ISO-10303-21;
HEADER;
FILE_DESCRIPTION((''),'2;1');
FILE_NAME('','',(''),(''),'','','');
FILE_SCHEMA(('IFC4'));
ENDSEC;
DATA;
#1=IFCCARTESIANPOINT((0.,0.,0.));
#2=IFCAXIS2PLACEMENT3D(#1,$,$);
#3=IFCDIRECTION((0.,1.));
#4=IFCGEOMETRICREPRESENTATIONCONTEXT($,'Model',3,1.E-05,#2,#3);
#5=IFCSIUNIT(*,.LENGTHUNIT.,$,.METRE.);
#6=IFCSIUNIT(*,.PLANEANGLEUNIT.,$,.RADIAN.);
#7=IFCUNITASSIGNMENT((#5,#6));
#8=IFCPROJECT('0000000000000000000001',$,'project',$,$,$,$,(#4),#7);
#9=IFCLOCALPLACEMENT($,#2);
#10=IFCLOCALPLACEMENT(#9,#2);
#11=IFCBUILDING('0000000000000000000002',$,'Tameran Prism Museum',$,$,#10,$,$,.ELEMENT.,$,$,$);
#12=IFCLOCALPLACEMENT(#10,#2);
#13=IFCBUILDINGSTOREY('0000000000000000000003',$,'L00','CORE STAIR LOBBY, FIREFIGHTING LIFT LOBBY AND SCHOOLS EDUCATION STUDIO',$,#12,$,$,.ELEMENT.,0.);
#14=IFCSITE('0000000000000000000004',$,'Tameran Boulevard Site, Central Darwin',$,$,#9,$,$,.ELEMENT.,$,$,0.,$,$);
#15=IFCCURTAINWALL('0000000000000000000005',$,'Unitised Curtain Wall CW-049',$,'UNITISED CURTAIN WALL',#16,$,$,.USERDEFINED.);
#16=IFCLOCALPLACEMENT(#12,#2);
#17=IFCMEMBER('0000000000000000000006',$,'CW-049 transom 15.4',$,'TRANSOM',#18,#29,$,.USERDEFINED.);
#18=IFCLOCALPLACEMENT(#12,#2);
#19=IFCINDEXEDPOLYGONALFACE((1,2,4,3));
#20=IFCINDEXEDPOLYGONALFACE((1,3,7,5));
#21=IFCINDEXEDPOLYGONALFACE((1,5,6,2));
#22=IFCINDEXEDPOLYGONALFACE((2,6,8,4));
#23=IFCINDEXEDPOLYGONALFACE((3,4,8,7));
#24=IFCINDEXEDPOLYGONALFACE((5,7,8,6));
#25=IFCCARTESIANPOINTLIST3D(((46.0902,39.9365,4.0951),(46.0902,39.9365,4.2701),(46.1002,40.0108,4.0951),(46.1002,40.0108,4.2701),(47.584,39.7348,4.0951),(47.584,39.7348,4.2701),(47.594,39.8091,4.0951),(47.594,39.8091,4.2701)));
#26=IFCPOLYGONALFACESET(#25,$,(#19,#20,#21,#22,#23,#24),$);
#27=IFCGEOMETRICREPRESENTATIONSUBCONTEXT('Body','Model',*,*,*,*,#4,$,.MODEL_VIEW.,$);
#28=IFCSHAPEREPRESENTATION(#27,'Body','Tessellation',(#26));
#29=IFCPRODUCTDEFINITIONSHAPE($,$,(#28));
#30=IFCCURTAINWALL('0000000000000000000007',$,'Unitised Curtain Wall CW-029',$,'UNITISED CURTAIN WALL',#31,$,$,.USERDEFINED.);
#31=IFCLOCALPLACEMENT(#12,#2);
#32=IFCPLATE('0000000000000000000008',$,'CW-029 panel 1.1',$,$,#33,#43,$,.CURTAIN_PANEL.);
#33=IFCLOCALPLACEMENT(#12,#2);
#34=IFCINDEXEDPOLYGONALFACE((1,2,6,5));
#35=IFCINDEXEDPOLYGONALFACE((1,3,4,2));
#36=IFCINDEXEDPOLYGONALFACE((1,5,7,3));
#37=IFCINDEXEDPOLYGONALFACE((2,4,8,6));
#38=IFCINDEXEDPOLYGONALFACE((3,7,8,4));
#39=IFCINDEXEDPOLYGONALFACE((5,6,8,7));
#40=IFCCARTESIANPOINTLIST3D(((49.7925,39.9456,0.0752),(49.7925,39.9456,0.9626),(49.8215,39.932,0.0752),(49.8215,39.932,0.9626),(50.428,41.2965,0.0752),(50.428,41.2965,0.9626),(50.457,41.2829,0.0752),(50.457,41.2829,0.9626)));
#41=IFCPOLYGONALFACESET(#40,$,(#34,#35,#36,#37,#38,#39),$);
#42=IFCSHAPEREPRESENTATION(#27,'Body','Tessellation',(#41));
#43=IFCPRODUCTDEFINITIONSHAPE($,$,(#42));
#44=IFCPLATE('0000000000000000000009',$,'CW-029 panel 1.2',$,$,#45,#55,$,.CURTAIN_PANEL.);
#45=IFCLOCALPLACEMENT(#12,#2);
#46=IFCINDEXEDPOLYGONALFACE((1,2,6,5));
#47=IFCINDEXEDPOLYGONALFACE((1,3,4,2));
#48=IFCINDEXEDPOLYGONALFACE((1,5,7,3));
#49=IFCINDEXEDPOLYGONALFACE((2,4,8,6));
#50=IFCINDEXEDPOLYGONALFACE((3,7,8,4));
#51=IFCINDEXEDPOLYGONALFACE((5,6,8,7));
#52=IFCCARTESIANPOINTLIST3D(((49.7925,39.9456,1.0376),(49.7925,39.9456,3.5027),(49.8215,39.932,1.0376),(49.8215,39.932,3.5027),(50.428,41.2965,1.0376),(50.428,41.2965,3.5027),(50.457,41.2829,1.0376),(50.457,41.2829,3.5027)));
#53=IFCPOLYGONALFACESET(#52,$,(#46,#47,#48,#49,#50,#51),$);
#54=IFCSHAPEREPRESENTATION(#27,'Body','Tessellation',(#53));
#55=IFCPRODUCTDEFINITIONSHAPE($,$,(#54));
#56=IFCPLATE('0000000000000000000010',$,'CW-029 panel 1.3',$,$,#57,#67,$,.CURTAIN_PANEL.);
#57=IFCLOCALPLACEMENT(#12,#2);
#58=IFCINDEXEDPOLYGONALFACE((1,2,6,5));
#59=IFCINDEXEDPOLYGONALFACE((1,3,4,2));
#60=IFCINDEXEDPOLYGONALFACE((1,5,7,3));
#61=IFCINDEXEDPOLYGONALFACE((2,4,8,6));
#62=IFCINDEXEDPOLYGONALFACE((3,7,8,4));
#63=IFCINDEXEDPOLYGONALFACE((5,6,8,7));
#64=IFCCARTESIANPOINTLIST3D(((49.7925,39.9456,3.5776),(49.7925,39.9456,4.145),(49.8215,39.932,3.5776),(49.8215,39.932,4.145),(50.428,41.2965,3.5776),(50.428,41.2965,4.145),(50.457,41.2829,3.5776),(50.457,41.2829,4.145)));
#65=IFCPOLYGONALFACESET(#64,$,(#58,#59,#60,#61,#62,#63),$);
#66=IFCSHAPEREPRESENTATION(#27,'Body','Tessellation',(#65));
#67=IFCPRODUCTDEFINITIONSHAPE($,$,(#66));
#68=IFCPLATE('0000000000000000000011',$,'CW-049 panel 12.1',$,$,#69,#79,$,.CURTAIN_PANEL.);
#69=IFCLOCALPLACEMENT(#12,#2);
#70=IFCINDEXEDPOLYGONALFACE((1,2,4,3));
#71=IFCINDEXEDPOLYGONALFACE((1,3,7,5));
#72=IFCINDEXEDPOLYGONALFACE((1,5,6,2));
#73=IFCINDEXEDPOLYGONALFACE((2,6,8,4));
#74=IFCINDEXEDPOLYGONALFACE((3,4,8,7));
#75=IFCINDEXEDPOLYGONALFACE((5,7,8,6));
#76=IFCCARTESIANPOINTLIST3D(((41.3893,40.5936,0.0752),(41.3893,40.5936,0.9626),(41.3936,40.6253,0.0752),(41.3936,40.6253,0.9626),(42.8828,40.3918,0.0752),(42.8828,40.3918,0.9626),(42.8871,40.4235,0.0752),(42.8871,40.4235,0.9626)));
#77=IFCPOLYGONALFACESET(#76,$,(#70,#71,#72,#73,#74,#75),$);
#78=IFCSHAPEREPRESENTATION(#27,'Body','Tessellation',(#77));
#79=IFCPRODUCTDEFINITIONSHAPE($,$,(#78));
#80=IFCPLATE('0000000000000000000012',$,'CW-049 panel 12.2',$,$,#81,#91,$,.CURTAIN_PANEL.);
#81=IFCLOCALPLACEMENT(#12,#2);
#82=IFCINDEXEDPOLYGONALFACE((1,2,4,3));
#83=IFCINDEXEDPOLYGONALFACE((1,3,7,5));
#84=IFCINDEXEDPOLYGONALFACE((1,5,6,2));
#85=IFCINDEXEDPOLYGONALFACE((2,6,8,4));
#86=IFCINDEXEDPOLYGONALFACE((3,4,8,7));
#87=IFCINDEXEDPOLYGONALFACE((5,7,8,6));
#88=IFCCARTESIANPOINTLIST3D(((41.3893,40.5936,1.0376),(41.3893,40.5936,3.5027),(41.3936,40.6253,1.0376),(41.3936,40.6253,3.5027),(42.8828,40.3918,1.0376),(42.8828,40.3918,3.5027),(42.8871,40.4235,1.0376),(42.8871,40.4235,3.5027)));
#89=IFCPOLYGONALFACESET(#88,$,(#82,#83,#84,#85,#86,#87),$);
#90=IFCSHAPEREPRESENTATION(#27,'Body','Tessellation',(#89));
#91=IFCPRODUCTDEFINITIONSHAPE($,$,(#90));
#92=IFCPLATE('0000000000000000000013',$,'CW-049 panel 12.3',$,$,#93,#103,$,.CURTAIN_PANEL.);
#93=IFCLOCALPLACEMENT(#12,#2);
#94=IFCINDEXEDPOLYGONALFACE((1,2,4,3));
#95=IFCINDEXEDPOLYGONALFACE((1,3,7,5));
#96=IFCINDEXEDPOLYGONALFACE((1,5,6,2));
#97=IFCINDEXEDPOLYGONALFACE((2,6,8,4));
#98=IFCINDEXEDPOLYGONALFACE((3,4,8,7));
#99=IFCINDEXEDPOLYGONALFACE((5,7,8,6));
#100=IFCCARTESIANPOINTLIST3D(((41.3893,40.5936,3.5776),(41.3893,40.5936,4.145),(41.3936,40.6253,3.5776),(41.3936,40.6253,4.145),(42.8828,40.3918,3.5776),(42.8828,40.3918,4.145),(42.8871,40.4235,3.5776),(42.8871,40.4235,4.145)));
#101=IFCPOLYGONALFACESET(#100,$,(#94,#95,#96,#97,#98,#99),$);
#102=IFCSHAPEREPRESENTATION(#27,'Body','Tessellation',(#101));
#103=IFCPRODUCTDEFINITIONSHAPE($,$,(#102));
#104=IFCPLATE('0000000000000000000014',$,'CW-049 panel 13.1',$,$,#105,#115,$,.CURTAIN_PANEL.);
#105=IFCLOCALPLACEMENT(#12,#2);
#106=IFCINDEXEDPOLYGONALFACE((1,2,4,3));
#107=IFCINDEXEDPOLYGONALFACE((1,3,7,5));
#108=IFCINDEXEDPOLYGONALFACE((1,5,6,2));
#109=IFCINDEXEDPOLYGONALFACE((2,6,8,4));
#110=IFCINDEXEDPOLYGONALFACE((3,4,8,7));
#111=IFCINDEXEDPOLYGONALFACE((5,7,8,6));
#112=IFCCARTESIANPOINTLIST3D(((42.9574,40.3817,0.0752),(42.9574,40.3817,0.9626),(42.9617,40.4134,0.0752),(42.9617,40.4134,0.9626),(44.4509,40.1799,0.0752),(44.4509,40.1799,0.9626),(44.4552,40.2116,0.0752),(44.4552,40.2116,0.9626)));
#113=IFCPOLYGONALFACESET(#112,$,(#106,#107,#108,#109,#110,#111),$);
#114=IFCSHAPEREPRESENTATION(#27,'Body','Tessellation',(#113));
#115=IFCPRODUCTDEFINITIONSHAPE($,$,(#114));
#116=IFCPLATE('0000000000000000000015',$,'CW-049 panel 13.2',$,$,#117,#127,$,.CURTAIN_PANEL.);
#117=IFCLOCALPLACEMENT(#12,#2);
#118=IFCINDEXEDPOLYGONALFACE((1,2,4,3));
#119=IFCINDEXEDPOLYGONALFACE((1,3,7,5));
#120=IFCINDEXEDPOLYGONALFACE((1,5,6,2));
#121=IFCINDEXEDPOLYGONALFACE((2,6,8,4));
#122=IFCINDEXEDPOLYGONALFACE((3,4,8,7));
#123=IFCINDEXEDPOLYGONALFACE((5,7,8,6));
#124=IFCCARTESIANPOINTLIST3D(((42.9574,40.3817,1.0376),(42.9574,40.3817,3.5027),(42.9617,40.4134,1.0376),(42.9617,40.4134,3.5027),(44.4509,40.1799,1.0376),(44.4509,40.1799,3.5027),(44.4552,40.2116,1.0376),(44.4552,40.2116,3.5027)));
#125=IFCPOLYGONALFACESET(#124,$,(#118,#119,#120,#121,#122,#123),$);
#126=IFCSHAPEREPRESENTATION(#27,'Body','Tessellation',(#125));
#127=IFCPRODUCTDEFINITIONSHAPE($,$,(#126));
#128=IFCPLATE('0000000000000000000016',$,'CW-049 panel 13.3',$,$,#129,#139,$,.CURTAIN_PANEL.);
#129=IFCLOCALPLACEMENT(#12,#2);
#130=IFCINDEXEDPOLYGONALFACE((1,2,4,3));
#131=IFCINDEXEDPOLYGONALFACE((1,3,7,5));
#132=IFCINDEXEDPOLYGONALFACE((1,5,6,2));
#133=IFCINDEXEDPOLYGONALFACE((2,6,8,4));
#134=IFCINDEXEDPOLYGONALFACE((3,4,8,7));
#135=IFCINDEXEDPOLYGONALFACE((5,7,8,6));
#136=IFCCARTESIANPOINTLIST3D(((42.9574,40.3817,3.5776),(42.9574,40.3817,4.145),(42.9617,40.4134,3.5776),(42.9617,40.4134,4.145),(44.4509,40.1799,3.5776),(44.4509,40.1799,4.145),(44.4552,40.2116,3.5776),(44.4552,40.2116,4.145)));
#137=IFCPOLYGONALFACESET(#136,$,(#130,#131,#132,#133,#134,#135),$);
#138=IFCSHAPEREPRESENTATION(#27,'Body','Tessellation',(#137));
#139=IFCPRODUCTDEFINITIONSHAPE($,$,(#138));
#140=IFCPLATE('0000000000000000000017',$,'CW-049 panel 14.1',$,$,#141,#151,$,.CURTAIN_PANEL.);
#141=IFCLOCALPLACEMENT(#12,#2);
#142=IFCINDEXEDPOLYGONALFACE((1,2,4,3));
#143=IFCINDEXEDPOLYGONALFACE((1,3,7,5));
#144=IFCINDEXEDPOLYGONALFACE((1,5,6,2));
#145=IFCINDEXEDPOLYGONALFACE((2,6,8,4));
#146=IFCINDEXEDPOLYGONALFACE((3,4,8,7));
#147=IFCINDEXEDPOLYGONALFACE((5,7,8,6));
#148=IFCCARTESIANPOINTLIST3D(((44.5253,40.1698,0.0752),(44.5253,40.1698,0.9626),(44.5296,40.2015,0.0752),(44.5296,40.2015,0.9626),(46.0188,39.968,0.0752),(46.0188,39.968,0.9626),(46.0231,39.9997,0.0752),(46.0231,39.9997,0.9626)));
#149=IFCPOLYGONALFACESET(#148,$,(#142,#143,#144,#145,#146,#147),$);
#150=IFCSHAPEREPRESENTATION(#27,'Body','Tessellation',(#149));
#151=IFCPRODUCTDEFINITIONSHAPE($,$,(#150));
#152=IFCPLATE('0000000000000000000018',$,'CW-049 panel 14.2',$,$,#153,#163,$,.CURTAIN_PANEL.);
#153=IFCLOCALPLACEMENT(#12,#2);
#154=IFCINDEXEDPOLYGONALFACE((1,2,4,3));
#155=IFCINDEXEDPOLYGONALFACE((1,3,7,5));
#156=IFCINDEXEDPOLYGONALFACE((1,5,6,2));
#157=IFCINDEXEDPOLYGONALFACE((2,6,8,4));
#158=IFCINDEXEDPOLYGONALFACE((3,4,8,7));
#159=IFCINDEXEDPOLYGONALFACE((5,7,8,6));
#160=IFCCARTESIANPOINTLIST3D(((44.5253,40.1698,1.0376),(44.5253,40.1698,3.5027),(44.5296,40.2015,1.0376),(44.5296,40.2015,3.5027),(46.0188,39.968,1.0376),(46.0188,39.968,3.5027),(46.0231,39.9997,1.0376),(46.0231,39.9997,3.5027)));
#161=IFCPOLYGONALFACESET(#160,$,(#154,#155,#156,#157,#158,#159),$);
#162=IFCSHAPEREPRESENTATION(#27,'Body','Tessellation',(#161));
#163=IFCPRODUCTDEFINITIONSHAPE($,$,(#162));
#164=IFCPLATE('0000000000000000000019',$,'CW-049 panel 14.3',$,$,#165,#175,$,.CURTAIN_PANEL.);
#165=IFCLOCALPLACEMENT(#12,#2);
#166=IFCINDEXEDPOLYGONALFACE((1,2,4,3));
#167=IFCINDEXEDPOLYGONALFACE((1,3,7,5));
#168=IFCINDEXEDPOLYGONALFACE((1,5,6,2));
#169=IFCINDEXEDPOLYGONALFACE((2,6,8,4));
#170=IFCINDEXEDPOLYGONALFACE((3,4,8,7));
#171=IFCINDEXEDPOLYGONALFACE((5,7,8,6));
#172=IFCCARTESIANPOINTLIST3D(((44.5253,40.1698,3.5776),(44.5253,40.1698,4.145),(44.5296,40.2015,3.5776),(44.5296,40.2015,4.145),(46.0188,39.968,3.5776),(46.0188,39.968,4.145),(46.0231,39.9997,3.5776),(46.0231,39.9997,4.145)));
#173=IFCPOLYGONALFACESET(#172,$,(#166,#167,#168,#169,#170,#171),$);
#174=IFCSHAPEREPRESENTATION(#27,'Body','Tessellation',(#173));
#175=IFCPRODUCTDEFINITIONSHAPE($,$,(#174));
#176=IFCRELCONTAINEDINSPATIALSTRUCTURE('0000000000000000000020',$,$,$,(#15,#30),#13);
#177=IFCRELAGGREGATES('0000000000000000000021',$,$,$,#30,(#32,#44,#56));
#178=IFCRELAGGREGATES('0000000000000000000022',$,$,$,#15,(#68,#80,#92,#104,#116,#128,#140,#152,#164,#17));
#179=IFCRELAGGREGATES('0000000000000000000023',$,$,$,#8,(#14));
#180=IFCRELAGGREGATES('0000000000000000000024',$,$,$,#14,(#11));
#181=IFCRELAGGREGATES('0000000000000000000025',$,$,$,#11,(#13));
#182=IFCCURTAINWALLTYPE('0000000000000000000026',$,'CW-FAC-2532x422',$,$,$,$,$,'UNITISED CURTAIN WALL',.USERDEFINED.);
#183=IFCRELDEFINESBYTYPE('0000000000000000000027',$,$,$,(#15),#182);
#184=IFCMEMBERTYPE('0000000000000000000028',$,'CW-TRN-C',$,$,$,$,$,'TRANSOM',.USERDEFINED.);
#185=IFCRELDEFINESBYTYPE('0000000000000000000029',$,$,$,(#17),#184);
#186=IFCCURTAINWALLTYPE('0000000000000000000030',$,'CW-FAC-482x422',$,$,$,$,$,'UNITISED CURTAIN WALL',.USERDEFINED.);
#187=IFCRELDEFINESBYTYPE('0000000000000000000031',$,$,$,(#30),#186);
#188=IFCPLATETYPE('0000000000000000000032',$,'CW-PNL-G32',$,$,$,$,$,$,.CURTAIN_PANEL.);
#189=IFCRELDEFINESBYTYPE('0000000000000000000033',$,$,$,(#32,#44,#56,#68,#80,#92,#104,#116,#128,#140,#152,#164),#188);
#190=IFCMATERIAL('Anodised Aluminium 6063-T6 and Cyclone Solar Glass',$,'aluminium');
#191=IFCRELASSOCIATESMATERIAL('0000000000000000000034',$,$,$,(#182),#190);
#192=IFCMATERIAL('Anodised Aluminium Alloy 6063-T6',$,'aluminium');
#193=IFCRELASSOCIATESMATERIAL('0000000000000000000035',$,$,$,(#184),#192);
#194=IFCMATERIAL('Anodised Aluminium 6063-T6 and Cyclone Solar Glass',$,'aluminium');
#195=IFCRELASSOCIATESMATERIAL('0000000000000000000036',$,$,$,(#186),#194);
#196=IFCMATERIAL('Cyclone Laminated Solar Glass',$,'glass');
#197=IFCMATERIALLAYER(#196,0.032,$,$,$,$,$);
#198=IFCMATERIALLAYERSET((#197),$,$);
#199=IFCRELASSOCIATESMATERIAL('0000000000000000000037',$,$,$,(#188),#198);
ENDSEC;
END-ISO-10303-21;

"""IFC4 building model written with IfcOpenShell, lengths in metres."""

from ifc_helpers import new_model, si_unit, direction, frame, origin, origin_2d, place, context, subcontext, project, spatial, rectangle, extrude, material, layer, layer_set, material_profile, profile_set, type_object, element, aggregate, save


model = new_model("IFC4")

# Units and contexts
model_context = context("Model", 3, precision=1e-05, world=origin(), true_north=direction((0.0, 1.0)))
body_context = subcontext(model_context, "Body", "Model", "MODEL_VIEW")
ifc_project = project(units=[si_unit("LENGTHUNIT", "METRE"), si_unit("PLANEANGLEUNIT", "RADIAN")], contexts=[model_context])

# Site, building, storey
site_placement = place(None, origin())
site = spatial("IfcSite", under=ifc_project, at=site_placement, Name="Tameran Boulevard Site, Central Darwin", CompositionType="ELEMENT", RefElevation=0.0)
building_placement = place(site_placement, origin())
building = spatial("IfcBuilding", under=site, at=building_placement, Name="Tameran Prism Museum", CompositionType="ELEMENT")
storey_placement = place(building_placement, origin())
storey = spatial("IfcBuildingStorey", under=building, at=storey_placement, Name="L00", Description="CORE STAIR LOBBY, FIREFIGHTING LIFT LOBBY AND SCHOOLS EDUCATION STUDIO", CompositionType="ELEMENT", Elevation=0.0)

# Curtain wall, member
ifc_material_1 = material(Name="Anodised Aluminium 6063-T6 and Cyclone Solar Glass", Category="aluminium")
curtain_wall_type_1 = type_object("IfcCurtainWallType", Name="CW-FAC-2532x422", ElementType="UNITISED CURTAIN WALL", PredefinedType="USERDEFINED", material=ifc_material_1)
curtain_wall_1_placement = place(storey_placement, origin())
curtain_wall_1 = element("IfcCurtainWall", 1, at=curtain_wall_1_placement, inside=storey, type_object=curtain_wall_type_1, Name="Unitised Curtain Wall CW-049", ObjectType="UNITISED CURTAIN WALL", PredefinedType="USERDEFINED")
ifc_material_2 = material(Name="Anodised Aluminium Alloy 6063-T6", Category="aluminium")
ifc_material_profile_1 = material_profile(ifc_material_2, rectangle(XDim=0.075, YDim=0.175, at=origin_2d()))
ifc_profile_set_1 = profile_set([ifc_material_profile_1])
member_type_1 = type_object("IfcMemberType", Name="CW-TRN-C", ElementType="TRANSOM", PredefinedType="USERDEFINED", material=ifc_profile_set_1)
member_1_placement = place(storey_placement, frame((46.0952, 39.9736, 4.1826), z_axis=(0.991009, -0.133798, 0.0), x_axis=(0.133798, 0.991009, 0.0)))
member_1 = element("IfcMember", 2, at=member_1_placement, type_object=member_type_1, Name="CW-049 transom 15.4", ObjectType="TRANSOM", PredefinedType="USERDEFINED", context=body_context, shape_type="SweptSolid", body=[
    extrude(rectangle(XDim=0.075, YDim=0.175, at=origin_2d()), origin(), (0.0, 0.0, 1.0), 1.5073),
])

# Curtain wall, plates
ifc_material_3 = material(Name="Anodised Aluminium 6063-T6 and Cyclone Solar Glass", Category="aluminium")
curtain_wall_type_2 = type_object("IfcCurtainWallType", Name="CW-FAC-482x422", ElementType="UNITISED CURTAIN WALL", PredefinedType="USERDEFINED", material=ifc_material_3)
curtain_wall_2_placement = place(storey_placement, origin())
curtain_wall_2 = element("IfcCurtainWall", 3, at=curtain_wall_2_placement, inside=storey, type_object=curtain_wall_type_2, Name="Unitised Curtain Wall CW-029", ObjectType="UNITISED CURTAIN WALL", PredefinedType="USERDEFINED")
ifc_material_4 = material(Name="Cyclone Laminated Solar Glass", Category="glass")
ifc_layer = layer(ifc_material_4, 0.032)
ifc_layer_set = layer_set([ifc_layer])
plate_type = type_object("IfcPlateType", Name="CW-PNL-G32", PredefinedType="CURTAIN_PANEL", material=ifc_layer_set)
plate_1_placement = place(storey_placement, frame((50.1248, 40.6143, 0.0752), z_axis=(0.0, 0.0, 1.0), x_axis=(0.425657, 0.904885, 0.0)))
plate_1 = element("IfcPlate", 4, at=plate_1_placement, type_object=plate_type, Name="CW-029 panel 1.1", PredefinedType="CURTAIN_PANEL", context=body_context, shape_type="SweptSolid", body=[
    extrude(rectangle(XDim=1.4929, YDim=0.032, at=origin_2d()), origin(), (0.0, 0.0, 1.0), 0.8875),
])
plate_2_placement = place(storey_placement, frame((50.1248, 40.6143, 1.0376), z_axis=(0.0, 0.0, 1.0), x_axis=(0.425657, 0.904885, 0.0)))
plate_2 = element("IfcPlate", 5, at=plate_2_placement, type_object=plate_type, Name="CW-029 panel 1.2", PredefinedType="CURTAIN_PANEL", context=body_context, shape_type="SweptSolid", body=[
    extrude(rectangle(XDim=1.4929, YDim=0.032, at=origin_2d()), origin(), (0.0, 0.0, 1.0), 2.4651),
])
plate_3_placement = place(storey_placement, frame((50.1248, 40.6143, 3.5776), z_axis=(0.0, 0.0, 1.0), x_axis=(0.425657, 0.904885, 0.0)))
plate_3 = element("IfcPlate", 6, at=plate_3_placement, type_object=plate_type, Name="CW-029 panel 1.3", PredefinedType="CURTAIN_PANEL", context=body_context, shape_type="SweptSolid", body=[
    extrude(rectangle(XDim=1.4929, YDim=0.032, at=origin_2d()), origin(), (0.0, 0.0, 1.0), 0.5674),
])
aggregate(curtain_wall_2, [plate_1, plate_2, plate_3])

# Plates
plate_4_placement = place(storey_placement, frame((42.1382, 40.5085, 0.0752), z_axis=(0.0, 0.0, 1.0), x_axis=(0.990993, -0.133913, 0.0)))
plate_4 = element("IfcPlate", 7, at=plate_4_placement, type_object=plate_type, Name="CW-049 panel 12.1", PredefinedType="CURTAIN_PANEL", context=body_context, shape_type="SweptSolid", body=[
    extrude(rectangle(XDim=1.5071, YDim=0.032, at=origin_2d()), origin(), (0.0, 0.0, 1.0), 0.8875),
])
plate_5_placement = place(storey_placement, frame((42.1382, 40.5085, 1.0376), z_axis=(0.0, 0.0, 1.0), x_axis=(0.990993, -0.133913, 0.0)))
plate_5 = element("IfcPlate", 8, at=plate_5_placement, type_object=plate_type, Name="CW-049 panel 12.2", PredefinedType="CURTAIN_PANEL", context=body_context, shape_type="SweptSolid", body=[
    extrude(rectangle(XDim=1.5071, YDim=0.032, at=origin_2d()), origin(), (0.0, 0.0, 1.0), 2.4651),
])
plate_6_placement = place(storey_placement, frame((42.1382, 40.5085, 3.5776), z_axis=(0.0, 0.0, 1.0), x_axis=(0.990993, -0.133913, 0.0)))
plate_6 = element("IfcPlate", 9, at=plate_6_placement, type_object=plate_type, Name="CW-049 panel 12.3", PredefinedType="CURTAIN_PANEL", context=body_context, shape_type="SweptSolid", body=[
    extrude(rectangle(XDim=1.5071, YDim=0.032, at=origin_2d()), origin(), (0.0, 0.0, 1.0), 0.5674),
])
plate_7_placement = place(storey_placement, frame((43.7063, 40.2966, 0.0752), z_axis=(0.0, 0.0, 1.0), x_axis=(0.990993, -0.133913, 0.0)))
plate_7 = element("IfcPlate", 10, at=plate_7_placement, type_object=plate_type, Name="CW-049 panel 13.1", PredefinedType="CURTAIN_PANEL", context=body_context, shape_type="SweptSolid", body=[
    extrude(rectangle(XDim=1.5071, YDim=0.032, at=origin_2d()), origin(), (0.0, 0.0, 1.0), 0.8875),
])
plate_8_placement = place(storey_placement, frame((43.7063, 40.2966, 1.0376), z_axis=(0.0, 0.0, 1.0), x_axis=(0.990993, -0.133913, 0.0)))
plate_8 = element("IfcPlate", 11, at=plate_8_placement, type_object=plate_type, Name="CW-049 panel 13.2", PredefinedType="CURTAIN_PANEL", context=body_context, shape_type="SweptSolid", body=[
    extrude(rectangle(XDim=1.5071, YDim=0.032, at=origin_2d()), origin(), (0.0, 0.0, 1.0), 2.4651),
])
plate_9_placement = place(storey_placement, frame((43.7063, 40.2966, 3.5776), z_axis=(0.0, 0.0, 1.0), x_axis=(0.990993, -0.133913, 0.0)))
plate_9 = element("IfcPlate", 12, at=plate_9_placement, type_object=plate_type, Name="CW-049 panel 13.3", PredefinedType="CURTAIN_PANEL", context=body_context, shape_type="SweptSolid", body=[
    extrude(rectangle(XDim=1.5071, YDim=0.032, at=origin_2d()), origin(), (0.0, 0.0, 1.0), 0.5674),
])
plate_10_placement = place(storey_placement, frame((45.2742, 40.0847, 0.0752), z_axis=(0.0, 0.0, 1.0), x_axis=(0.990993, -0.133913, 0.0)))
plate_10 = element("IfcPlate", 13, at=plate_10_placement, type_object=plate_type, Name="CW-049 panel 14.1", PredefinedType="CURTAIN_PANEL", context=body_context, shape_type="SweptSolid", body=[
    extrude(rectangle(XDim=1.5071, YDim=0.032, at=origin_2d()), origin(), (0.0, 0.0, 1.0), 0.8875),
])
plate_11_placement = place(storey_placement, frame((45.2742, 40.0847, 1.0376), z_axis=(0.0, 0.0, 1.0), x_axis=(0.990993, -0.133913, 0.0)))
plate_11 = element("IfcPlate", 14, at=plate_11_placement, type_object=plate_type, Name="CW-049 panel 14.2", PredefinedType="CURTAIN_PANEL", context=body_context, shape_type="SweptSolid", body=[
    extrude(rectangle(XDim=1.5071, YDim=0.032, at=origin_2d()), origin(), (0.0, 0.0, 1.0), 2.4651),
])
plate_12_placement = place(storey_placement, frame((45.2742, 40.0847, 3.5776), z_axis=(0.0, 0.0, 1.0), x_axis=(0.990993, -0.133913, 0.0)))
plate_12 = element("IfcPlate", 15, at=plate_12_placement, type_object=plate_type, Name="CW-049 panel 14.3", PredefinedType="CURTAIN_PANEL", context=body_context, shape_type="SweptSolid", body=[
    extrude(rectangle(XDim=1.5071, YDim=0.032, at=origin_2d()), origin(), (0.0, 0.0, 1.0), 0.5674),
])
aggregate(curtain_wall_1, [plate_4, plate_5, plate_6, plate_7, plate_8, plate_9, plate_10, plate_11, plate_12, member_1])

save(model, "model.ifc")
